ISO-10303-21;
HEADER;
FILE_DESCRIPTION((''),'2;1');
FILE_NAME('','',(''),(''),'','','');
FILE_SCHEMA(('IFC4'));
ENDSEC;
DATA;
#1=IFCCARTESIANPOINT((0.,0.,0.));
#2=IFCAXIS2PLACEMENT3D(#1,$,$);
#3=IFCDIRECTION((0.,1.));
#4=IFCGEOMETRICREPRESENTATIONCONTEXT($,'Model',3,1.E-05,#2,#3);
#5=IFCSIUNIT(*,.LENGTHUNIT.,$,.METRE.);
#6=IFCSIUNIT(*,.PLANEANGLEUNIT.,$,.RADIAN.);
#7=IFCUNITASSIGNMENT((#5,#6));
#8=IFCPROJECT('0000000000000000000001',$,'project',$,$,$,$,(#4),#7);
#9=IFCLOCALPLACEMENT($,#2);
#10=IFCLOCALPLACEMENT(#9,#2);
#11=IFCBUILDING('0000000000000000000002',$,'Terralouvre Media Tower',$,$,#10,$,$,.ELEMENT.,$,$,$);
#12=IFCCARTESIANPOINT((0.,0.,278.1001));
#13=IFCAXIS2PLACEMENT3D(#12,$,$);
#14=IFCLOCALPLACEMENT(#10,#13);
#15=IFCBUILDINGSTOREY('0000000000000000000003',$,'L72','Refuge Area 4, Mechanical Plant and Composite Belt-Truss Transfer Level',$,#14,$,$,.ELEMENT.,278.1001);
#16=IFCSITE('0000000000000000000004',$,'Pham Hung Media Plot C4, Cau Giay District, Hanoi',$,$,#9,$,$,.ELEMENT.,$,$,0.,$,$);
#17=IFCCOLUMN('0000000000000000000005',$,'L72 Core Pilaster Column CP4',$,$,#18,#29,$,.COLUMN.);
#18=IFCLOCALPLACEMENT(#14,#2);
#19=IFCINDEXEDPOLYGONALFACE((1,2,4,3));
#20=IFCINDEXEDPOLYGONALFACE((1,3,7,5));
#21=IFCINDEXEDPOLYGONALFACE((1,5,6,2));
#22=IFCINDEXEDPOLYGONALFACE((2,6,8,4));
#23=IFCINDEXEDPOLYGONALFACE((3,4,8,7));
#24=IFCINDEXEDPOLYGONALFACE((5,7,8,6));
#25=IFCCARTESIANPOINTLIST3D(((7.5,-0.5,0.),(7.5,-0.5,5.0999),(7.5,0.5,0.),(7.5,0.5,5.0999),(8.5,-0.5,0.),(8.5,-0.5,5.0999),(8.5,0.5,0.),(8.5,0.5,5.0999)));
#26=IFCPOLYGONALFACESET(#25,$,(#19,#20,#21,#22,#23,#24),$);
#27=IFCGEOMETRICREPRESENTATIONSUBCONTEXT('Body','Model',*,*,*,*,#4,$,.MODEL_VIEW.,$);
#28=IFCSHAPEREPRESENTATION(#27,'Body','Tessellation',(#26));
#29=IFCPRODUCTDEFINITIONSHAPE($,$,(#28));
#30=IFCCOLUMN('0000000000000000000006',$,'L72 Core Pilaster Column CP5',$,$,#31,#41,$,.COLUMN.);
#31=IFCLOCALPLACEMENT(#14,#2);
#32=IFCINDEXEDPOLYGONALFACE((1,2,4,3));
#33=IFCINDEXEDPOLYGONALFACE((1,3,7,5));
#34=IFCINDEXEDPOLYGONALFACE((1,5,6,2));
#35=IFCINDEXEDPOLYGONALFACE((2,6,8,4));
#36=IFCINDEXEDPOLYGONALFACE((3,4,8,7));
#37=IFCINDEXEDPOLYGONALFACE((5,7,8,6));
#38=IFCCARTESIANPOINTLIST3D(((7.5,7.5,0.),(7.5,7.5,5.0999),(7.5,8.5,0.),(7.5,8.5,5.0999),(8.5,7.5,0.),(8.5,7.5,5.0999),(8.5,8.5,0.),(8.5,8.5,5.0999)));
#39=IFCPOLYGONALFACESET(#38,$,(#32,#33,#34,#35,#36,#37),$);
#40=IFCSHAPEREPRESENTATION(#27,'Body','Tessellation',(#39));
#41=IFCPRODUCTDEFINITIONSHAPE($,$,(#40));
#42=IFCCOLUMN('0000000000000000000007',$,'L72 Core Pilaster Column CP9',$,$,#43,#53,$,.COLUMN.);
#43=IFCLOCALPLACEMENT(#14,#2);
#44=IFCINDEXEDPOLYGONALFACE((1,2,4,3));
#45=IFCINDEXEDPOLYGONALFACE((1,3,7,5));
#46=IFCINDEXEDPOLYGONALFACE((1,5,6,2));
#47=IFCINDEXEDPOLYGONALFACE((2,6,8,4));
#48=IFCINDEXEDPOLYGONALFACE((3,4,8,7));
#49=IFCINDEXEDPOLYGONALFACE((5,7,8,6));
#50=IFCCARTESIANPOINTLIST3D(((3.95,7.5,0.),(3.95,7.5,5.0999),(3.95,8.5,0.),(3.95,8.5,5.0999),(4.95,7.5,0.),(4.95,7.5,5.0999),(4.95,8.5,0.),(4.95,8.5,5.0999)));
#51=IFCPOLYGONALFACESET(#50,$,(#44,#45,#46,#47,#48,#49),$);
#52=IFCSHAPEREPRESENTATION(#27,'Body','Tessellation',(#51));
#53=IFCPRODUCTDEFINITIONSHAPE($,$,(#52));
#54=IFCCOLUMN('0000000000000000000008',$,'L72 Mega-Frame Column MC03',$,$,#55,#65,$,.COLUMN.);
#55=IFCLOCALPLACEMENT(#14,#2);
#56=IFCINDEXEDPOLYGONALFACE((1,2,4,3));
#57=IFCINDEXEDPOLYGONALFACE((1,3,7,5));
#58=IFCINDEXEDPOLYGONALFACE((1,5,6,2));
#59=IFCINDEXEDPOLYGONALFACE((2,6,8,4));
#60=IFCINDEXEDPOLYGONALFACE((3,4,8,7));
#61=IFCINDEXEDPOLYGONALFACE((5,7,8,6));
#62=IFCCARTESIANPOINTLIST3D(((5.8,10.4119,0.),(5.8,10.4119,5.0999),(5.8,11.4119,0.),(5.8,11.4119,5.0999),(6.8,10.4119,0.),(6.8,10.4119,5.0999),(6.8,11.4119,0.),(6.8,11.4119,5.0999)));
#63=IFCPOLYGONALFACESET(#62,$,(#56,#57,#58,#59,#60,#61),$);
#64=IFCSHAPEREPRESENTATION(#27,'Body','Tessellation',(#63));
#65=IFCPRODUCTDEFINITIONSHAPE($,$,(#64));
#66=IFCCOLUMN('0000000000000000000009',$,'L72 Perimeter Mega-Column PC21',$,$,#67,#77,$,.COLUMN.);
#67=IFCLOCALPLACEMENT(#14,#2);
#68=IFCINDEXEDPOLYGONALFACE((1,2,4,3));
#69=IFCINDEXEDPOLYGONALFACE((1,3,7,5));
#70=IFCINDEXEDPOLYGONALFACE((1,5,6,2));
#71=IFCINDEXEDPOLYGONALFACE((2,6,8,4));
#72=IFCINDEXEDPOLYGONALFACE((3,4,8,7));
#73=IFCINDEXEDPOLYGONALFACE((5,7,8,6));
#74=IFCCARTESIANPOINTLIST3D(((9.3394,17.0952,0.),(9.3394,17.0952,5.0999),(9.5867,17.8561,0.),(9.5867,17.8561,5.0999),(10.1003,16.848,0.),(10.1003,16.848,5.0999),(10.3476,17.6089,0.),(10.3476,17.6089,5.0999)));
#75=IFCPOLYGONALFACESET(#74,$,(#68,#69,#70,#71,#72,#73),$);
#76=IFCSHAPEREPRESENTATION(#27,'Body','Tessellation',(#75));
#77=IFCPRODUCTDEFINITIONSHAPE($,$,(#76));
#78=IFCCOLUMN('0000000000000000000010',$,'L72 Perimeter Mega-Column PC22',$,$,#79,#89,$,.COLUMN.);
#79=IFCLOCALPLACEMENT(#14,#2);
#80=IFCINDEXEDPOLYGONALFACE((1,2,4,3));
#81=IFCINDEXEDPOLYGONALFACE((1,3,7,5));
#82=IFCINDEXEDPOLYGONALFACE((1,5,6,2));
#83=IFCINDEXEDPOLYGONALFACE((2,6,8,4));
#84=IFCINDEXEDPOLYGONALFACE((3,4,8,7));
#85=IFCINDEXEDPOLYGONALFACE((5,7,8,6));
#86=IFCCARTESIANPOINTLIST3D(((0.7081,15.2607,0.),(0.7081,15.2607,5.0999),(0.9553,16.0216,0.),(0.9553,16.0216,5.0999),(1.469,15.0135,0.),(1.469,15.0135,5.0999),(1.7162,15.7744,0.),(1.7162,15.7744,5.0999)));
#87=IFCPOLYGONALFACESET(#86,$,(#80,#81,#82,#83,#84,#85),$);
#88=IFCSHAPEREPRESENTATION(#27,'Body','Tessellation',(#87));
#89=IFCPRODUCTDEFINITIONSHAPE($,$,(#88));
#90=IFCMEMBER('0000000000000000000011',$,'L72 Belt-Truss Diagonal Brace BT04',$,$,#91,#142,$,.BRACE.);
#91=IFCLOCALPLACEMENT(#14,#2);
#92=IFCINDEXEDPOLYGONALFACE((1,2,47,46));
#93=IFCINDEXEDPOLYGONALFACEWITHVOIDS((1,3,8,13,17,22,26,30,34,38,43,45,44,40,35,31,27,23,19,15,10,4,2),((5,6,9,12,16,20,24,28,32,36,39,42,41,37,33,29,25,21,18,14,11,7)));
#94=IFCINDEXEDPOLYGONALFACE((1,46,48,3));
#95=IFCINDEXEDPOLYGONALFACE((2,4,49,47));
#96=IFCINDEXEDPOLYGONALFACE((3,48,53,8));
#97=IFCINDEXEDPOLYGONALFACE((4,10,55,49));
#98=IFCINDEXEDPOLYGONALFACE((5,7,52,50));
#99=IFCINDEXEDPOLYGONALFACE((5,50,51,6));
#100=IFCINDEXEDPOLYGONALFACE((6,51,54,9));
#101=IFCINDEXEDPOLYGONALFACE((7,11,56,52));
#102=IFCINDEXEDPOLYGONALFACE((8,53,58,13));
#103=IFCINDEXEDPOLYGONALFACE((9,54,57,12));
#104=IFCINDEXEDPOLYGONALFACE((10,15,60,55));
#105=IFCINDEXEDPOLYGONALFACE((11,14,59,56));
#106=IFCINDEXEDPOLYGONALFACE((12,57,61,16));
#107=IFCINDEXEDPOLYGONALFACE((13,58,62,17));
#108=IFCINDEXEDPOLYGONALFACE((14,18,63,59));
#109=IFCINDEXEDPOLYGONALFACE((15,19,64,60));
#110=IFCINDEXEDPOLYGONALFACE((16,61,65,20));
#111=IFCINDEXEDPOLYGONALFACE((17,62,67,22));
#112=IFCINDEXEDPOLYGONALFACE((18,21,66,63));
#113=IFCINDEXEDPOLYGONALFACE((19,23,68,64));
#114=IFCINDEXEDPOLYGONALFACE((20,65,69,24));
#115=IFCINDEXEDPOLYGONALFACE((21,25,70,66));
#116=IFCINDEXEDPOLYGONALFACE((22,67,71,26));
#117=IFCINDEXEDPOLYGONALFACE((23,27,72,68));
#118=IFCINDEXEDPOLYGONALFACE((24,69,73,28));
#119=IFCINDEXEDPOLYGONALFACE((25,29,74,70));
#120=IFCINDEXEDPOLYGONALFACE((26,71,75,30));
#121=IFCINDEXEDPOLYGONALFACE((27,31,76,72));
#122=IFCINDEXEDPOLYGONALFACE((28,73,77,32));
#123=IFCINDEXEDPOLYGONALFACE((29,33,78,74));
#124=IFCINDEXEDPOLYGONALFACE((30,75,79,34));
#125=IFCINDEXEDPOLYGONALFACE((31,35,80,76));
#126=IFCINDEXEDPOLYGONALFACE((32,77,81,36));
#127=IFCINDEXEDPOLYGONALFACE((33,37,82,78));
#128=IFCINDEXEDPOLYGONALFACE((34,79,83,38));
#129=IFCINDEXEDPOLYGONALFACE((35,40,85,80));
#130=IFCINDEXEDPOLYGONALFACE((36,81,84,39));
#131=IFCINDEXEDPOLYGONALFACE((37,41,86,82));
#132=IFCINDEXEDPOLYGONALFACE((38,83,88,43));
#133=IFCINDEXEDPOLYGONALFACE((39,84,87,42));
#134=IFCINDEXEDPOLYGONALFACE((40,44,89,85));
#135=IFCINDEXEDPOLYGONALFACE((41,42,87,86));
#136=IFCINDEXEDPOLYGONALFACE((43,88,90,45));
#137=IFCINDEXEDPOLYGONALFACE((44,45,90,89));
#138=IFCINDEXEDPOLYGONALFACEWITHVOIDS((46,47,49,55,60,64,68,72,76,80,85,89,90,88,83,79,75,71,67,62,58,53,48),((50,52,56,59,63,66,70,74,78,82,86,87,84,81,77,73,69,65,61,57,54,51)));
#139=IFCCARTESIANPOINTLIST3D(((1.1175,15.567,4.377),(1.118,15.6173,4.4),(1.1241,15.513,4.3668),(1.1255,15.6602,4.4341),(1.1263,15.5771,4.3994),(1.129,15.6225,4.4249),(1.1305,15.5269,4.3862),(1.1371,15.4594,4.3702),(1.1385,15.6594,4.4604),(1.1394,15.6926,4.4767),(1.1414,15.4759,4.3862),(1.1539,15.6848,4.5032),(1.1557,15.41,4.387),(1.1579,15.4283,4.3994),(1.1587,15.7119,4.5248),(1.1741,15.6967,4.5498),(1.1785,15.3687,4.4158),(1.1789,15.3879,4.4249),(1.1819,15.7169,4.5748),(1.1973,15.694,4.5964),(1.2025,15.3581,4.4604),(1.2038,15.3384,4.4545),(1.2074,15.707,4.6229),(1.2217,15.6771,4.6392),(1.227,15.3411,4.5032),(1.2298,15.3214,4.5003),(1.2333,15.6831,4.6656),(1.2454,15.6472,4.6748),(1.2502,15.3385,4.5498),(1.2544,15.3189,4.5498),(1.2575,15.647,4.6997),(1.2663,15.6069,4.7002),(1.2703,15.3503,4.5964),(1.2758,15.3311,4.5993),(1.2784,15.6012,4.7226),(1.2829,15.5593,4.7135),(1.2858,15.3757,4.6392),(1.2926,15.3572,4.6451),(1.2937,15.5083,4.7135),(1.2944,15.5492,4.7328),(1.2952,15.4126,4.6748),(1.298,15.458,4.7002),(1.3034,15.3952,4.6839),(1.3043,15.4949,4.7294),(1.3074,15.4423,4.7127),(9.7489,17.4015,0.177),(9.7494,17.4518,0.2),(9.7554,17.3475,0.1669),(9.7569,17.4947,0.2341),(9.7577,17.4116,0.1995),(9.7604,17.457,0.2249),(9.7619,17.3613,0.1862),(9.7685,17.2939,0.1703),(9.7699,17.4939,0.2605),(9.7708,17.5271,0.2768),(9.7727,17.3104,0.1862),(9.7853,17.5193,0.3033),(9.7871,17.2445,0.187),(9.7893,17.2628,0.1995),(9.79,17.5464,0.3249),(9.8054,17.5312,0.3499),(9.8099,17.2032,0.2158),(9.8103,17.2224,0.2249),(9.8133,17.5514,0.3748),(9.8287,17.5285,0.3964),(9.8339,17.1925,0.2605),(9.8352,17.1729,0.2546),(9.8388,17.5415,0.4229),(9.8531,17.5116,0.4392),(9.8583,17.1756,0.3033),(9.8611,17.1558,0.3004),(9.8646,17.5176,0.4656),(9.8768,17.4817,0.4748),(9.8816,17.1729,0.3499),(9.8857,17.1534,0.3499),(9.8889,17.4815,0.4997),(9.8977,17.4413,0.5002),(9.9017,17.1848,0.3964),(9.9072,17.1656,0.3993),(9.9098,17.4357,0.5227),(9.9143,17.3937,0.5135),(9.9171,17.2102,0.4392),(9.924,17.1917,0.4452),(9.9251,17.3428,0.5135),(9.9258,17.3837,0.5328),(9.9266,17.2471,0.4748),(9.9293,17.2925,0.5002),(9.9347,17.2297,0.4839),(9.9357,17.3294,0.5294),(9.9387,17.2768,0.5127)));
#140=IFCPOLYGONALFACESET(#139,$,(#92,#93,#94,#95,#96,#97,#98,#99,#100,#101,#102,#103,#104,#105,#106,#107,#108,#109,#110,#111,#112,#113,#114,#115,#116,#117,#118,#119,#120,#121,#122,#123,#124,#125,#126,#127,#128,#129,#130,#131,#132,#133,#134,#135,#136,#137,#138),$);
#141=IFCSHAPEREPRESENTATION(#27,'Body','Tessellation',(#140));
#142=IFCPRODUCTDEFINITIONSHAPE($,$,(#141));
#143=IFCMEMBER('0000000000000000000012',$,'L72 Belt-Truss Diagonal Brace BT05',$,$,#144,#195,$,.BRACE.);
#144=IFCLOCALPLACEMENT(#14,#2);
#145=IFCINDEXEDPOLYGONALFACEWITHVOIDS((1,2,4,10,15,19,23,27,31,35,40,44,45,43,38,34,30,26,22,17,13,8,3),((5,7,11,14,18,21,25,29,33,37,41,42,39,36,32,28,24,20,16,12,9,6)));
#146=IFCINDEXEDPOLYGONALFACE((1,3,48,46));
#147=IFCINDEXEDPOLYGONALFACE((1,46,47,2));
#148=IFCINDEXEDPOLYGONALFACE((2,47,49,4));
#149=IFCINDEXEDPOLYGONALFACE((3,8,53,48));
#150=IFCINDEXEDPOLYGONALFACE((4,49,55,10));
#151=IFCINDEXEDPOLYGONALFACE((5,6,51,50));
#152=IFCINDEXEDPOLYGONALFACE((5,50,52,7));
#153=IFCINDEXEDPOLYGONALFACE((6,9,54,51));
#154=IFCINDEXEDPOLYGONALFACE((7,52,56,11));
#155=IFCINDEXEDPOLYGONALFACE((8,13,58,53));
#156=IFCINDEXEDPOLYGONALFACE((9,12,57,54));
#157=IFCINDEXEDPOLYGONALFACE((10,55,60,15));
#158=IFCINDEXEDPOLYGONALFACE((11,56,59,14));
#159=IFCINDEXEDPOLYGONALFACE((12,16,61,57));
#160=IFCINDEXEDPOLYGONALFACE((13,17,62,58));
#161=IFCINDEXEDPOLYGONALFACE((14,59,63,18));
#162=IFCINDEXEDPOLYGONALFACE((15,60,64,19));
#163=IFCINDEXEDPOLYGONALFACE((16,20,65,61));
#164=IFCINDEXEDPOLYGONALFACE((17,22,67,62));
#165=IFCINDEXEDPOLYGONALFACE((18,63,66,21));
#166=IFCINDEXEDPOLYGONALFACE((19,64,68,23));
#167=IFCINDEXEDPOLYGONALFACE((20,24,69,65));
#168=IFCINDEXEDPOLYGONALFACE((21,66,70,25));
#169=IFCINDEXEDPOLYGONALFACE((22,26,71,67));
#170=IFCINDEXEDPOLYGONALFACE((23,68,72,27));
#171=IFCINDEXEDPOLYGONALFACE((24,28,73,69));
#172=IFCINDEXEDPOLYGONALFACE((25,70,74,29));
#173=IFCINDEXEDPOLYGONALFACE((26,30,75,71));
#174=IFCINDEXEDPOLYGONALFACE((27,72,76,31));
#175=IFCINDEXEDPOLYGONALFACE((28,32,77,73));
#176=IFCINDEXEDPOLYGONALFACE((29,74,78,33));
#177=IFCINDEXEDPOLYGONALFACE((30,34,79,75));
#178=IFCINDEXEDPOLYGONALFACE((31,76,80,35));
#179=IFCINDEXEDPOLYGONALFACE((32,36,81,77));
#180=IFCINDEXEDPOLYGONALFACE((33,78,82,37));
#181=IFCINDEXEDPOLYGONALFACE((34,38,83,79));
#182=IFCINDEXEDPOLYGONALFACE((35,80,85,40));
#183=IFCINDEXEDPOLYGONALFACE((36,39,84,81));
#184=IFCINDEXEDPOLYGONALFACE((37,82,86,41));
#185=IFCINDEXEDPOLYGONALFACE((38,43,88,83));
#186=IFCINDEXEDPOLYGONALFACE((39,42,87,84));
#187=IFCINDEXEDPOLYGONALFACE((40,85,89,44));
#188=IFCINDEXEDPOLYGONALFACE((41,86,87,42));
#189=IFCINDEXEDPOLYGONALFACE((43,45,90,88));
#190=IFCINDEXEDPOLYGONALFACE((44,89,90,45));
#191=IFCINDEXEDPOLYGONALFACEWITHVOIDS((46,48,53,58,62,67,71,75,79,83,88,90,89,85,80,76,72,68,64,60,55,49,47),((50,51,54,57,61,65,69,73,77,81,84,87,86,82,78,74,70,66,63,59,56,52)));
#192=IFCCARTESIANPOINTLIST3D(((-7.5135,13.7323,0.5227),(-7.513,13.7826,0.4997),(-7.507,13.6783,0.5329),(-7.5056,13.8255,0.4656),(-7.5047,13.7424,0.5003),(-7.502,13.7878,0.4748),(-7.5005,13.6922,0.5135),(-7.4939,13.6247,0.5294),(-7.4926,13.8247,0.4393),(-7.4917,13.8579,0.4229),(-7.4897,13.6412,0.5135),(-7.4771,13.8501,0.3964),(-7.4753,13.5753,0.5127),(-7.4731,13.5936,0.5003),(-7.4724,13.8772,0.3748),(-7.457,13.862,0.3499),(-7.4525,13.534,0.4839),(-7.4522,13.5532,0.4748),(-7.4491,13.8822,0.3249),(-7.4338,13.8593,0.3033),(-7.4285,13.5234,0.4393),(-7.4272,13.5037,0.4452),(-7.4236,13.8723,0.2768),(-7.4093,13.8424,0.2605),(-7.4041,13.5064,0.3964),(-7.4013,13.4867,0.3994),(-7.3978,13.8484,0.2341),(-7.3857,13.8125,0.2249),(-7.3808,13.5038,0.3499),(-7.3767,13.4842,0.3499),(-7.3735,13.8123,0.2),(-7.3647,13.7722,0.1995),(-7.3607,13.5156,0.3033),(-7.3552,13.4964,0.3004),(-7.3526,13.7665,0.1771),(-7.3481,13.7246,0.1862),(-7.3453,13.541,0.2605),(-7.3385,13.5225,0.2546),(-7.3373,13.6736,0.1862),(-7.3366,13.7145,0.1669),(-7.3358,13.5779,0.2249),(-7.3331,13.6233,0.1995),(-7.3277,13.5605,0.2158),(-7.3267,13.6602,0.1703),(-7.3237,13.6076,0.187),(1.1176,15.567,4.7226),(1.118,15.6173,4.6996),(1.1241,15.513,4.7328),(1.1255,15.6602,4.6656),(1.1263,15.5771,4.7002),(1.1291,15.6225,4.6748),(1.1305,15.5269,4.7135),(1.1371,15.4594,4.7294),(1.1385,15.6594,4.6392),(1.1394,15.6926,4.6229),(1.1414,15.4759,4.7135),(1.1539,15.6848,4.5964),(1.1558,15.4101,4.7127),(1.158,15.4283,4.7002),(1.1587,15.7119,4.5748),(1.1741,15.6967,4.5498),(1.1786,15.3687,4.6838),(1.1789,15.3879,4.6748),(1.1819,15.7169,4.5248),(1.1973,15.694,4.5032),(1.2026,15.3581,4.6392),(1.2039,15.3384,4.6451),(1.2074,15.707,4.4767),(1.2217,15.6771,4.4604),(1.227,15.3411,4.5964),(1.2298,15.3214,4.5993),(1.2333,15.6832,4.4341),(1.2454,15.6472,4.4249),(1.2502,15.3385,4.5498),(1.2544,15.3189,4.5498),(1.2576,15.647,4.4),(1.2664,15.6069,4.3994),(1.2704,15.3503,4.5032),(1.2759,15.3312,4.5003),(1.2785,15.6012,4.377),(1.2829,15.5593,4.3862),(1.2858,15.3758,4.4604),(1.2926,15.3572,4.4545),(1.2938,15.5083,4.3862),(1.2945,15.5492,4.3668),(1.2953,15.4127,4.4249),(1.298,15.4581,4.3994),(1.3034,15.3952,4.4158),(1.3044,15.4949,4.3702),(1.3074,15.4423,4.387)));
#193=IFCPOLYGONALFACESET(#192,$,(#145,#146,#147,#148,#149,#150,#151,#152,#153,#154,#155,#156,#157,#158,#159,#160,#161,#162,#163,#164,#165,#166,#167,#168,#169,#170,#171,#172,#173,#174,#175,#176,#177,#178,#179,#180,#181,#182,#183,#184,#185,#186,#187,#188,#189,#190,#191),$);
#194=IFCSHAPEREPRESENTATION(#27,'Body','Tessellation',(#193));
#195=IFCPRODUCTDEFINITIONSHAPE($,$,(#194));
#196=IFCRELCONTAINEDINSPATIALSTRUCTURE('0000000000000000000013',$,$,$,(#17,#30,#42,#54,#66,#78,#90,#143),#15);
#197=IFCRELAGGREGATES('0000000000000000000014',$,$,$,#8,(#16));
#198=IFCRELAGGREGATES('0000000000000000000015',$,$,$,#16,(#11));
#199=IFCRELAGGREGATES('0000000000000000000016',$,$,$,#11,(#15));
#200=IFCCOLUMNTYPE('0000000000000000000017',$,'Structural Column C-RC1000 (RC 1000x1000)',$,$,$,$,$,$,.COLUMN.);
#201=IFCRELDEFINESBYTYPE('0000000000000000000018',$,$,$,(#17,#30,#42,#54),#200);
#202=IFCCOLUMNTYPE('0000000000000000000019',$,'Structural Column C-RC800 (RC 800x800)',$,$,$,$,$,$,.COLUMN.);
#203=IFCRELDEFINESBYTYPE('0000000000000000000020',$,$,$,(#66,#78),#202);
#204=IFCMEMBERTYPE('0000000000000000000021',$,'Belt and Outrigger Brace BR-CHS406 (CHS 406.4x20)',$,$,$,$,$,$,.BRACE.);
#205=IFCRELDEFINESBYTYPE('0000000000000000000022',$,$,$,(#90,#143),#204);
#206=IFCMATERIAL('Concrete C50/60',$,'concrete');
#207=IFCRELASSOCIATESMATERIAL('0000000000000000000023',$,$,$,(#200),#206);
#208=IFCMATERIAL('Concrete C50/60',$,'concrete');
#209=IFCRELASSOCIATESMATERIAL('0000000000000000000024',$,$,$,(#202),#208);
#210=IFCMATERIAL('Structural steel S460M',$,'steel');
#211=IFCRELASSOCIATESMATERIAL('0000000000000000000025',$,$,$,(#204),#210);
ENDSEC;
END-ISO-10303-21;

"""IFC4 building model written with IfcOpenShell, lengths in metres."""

from ifc_helpers import new_model, si_unit, direction, frame, origin, origin_2d, place, context, subcontext, project, spatial, rectangle, hollow_circle, extrude, material, material_profile, profile_set, type_object, element, save


model = new_model("IFC4")

# Units and contexts
model_context = context("Model", 3, precision=1e-05, world=origin(), true_north=direction((0.0, 1.0)))
body_context = subcontext(model_context, "Body", "Model", "MODEL_VIEW")
ifc_project = project(units=[si_unit("LENGTHUNIT", "METRE"), si_unit("PLANEANGLEUNIT", "RADIAN")], contexts=[model_context])

# Site, building, storey
site_placement = place(None, origin())
site = spatial("IfcSite", under=ifc_project, at=site_placement, Name="Pham Hung Media Plot C4, Cau Giay District, Hanoi", CompositionType="ELEMENT", RefElevation=0.0)
building_placement = place(site_placement, origin())
building = spatial("IfcBuilding", under=site, at=building_placement, Name="Terralouvre Media Tower", CompositionType="ELEMENT")
storey_placement = place(building_placement, frame((0.0, 0.0, 278.1001)))
storey = spatial("IfcBuildingStorey", under=building, at=storey_placement, Name="L72", Description="Refuge Area 4, Mechanical Plant and Composite Belt-Truss Transfer Level", CompositionType="ELEMENT", Elevation=278.1001)

# Columns
ifc_material_1 = material(Name="Concrete C50/60", Category="concrete")
ifc_material_profile_1 = material_profile(ifc_material_1, rectangle(XDim=1.0, YDim=1.0, at=origin_2d()), Name="RC 1000x1000")
ifc_profile_set_1 = profile_set([ifc_material_profile_1], Name="Concrete C50/60")
column_type_1 = type_object("IfcColumnType", Name="Structural Column C-RC1000 (RC 1000x1000)", PredefinedType="COLUMN", material=ifc_profile_set_1)
for number, where, z_axis, x_axis, name in (
    (1, (8.0, 0.0, 0.0), (0.0, 0.0, 1.0), (1.0, 0.0, 0.0), "L72 Core Pilaster Column CP4"),
    (2, (8.0, 8.0, 0.0), (0.0, 0.0, 1.0), (1.0, 0.0, 0.0), "L72 Core Pilaster Column CP5"),
    (3, (4.45, 8.0, 0.0), (0.0, 0.0, 1.0), (1.0, 0.0, 0.0), "L72 Core Pilaster Column CP9"),
    (4, (6.3, 10.9119, 0.0), (0.0, 0.0, 1.0), (1.0, 0.0, 0.0), "L72 Mega-Frame Column MC03"),
):
    element("IfcColumn", number, at=place(storey_placement, frame(where, z_axis=z_axis, x_axis=x_axis)), inside=storey, type_object=column_type_1, Name=name, PredefinedType="COLUMN", context=body_context, shape_type="SweptSolid", body=[
        extrude(rectangle(XDim=1.0, YDim=1.0, at=origin_2d()), origin(), (0.0, 0.0, 1.0), 5.0999),
    ])
ifc_material_2 = material(Name="Concrete C50/60", Category="concrete")
ifc_material_profile_2 = material_profile(ifc_material_2, rectangle(XDim=0.8, YDim=0.8, at=origin_2d()), Name="RC 800x800")
ifc_profile_set_2 = profile_set([ifc_material_profile_2], Name="Concrete C50/60")
column_type_2 = type_object("IfcColumnType", Name="Structural Column C-RC800 (RC 800x800)", PredefinedType="COLUMN", material=ifc_profile_set_2)
for number, where, z_axis, x_axis, name in (
    (5, (9.8435, 17.3521, 0.0), (0.0, 0.0, 1.0), (0.309017, 0.951057, 0.0), "L72 Perimeter Mega-Column PC21"),
    (6, (1.2122, 15.5176, 0.0), (0.0, 0.0, 1.0), (0.309017, 0.951057, 0.0), "L72 Perimeter Mega-Column PC22"),
):
    element("IfcColumn", number, at=place(storey_placement, frame(where, z_axis=z_axis, x_axis=x_axis)), inside=storey, type_object=column_type_2, Name=name, PredefinedType="COLUMN", context=body_context, shape_type="SweptSolid", body=[
        extrude(rectangle(XDim=0.8, YDim=0.8, at=origin_2d()), origin(), (0.0, 0.0, 1.0), 5.0999),
    ])

# Members
ifc_material_3 = material(Name="Structural steel S460M", Category="steel")
ifc_material_profile_3 = material_profile(ifc_material_3, hollow_circle(Radius=0.2031, WallThickness=0.02, at=origin_2d()), Name="CHS 406.4x20")
ifc_profile_set_3 = profile_set([ifc_material_profile_3], Name="Structural steel S460M")
member_type_1 = type_object("IfcMemberType", Name="Belt and Outrigger Brace BR-CHS406 (CHS 406.4x20)", PredefinedType="BRACE", material=ifc_profile_set_3)
member_1_placement = place(storey_placement, frame((9.8435, 17.3521, 0.3499), z_axis=(-0.883213, -0.187715, 0.429765), x_axis=(0.207893, -0.978152, 0.0)))
element("IfcMember", 7, at=member_1_placement, inside=storey, type_object=member_type_1, Name="L72 Belt-Truss Diagonal Brace BT04", PredefinedType="BRACE", context=body_context, shape_type="SweptSolid", body=[
    extrude(hollow_circle(Radius=0.2031, WallThickness=0.02, at=origin_2d()), origin(), (0.0, 0.0, 1.0), 9.7727),
])
member_2_placement = place(storey_placement, frame((1.2122, 15.5176, 4.5498), z_axis=(-0.883203, -0.187743, -0.429773), x_axis=(0.207925, -0.978145, 0.0)))
element("IfcMember", 8, at=member_2_placement, inside=storey, type_object=member_type_1, Name="L72 Belt-Truss Diagonal Brace BT05", PredefinedType="BRACE", context=body_context, shape_type="SweptSolid", body=[
    extrude(hollow_circle(Radius=0.2031, WallThickness=0.02, at=origin_2d()), origin(), (0.0, 0.0, 1.0), 9.7725),
])

save(model, "model.ifc")
